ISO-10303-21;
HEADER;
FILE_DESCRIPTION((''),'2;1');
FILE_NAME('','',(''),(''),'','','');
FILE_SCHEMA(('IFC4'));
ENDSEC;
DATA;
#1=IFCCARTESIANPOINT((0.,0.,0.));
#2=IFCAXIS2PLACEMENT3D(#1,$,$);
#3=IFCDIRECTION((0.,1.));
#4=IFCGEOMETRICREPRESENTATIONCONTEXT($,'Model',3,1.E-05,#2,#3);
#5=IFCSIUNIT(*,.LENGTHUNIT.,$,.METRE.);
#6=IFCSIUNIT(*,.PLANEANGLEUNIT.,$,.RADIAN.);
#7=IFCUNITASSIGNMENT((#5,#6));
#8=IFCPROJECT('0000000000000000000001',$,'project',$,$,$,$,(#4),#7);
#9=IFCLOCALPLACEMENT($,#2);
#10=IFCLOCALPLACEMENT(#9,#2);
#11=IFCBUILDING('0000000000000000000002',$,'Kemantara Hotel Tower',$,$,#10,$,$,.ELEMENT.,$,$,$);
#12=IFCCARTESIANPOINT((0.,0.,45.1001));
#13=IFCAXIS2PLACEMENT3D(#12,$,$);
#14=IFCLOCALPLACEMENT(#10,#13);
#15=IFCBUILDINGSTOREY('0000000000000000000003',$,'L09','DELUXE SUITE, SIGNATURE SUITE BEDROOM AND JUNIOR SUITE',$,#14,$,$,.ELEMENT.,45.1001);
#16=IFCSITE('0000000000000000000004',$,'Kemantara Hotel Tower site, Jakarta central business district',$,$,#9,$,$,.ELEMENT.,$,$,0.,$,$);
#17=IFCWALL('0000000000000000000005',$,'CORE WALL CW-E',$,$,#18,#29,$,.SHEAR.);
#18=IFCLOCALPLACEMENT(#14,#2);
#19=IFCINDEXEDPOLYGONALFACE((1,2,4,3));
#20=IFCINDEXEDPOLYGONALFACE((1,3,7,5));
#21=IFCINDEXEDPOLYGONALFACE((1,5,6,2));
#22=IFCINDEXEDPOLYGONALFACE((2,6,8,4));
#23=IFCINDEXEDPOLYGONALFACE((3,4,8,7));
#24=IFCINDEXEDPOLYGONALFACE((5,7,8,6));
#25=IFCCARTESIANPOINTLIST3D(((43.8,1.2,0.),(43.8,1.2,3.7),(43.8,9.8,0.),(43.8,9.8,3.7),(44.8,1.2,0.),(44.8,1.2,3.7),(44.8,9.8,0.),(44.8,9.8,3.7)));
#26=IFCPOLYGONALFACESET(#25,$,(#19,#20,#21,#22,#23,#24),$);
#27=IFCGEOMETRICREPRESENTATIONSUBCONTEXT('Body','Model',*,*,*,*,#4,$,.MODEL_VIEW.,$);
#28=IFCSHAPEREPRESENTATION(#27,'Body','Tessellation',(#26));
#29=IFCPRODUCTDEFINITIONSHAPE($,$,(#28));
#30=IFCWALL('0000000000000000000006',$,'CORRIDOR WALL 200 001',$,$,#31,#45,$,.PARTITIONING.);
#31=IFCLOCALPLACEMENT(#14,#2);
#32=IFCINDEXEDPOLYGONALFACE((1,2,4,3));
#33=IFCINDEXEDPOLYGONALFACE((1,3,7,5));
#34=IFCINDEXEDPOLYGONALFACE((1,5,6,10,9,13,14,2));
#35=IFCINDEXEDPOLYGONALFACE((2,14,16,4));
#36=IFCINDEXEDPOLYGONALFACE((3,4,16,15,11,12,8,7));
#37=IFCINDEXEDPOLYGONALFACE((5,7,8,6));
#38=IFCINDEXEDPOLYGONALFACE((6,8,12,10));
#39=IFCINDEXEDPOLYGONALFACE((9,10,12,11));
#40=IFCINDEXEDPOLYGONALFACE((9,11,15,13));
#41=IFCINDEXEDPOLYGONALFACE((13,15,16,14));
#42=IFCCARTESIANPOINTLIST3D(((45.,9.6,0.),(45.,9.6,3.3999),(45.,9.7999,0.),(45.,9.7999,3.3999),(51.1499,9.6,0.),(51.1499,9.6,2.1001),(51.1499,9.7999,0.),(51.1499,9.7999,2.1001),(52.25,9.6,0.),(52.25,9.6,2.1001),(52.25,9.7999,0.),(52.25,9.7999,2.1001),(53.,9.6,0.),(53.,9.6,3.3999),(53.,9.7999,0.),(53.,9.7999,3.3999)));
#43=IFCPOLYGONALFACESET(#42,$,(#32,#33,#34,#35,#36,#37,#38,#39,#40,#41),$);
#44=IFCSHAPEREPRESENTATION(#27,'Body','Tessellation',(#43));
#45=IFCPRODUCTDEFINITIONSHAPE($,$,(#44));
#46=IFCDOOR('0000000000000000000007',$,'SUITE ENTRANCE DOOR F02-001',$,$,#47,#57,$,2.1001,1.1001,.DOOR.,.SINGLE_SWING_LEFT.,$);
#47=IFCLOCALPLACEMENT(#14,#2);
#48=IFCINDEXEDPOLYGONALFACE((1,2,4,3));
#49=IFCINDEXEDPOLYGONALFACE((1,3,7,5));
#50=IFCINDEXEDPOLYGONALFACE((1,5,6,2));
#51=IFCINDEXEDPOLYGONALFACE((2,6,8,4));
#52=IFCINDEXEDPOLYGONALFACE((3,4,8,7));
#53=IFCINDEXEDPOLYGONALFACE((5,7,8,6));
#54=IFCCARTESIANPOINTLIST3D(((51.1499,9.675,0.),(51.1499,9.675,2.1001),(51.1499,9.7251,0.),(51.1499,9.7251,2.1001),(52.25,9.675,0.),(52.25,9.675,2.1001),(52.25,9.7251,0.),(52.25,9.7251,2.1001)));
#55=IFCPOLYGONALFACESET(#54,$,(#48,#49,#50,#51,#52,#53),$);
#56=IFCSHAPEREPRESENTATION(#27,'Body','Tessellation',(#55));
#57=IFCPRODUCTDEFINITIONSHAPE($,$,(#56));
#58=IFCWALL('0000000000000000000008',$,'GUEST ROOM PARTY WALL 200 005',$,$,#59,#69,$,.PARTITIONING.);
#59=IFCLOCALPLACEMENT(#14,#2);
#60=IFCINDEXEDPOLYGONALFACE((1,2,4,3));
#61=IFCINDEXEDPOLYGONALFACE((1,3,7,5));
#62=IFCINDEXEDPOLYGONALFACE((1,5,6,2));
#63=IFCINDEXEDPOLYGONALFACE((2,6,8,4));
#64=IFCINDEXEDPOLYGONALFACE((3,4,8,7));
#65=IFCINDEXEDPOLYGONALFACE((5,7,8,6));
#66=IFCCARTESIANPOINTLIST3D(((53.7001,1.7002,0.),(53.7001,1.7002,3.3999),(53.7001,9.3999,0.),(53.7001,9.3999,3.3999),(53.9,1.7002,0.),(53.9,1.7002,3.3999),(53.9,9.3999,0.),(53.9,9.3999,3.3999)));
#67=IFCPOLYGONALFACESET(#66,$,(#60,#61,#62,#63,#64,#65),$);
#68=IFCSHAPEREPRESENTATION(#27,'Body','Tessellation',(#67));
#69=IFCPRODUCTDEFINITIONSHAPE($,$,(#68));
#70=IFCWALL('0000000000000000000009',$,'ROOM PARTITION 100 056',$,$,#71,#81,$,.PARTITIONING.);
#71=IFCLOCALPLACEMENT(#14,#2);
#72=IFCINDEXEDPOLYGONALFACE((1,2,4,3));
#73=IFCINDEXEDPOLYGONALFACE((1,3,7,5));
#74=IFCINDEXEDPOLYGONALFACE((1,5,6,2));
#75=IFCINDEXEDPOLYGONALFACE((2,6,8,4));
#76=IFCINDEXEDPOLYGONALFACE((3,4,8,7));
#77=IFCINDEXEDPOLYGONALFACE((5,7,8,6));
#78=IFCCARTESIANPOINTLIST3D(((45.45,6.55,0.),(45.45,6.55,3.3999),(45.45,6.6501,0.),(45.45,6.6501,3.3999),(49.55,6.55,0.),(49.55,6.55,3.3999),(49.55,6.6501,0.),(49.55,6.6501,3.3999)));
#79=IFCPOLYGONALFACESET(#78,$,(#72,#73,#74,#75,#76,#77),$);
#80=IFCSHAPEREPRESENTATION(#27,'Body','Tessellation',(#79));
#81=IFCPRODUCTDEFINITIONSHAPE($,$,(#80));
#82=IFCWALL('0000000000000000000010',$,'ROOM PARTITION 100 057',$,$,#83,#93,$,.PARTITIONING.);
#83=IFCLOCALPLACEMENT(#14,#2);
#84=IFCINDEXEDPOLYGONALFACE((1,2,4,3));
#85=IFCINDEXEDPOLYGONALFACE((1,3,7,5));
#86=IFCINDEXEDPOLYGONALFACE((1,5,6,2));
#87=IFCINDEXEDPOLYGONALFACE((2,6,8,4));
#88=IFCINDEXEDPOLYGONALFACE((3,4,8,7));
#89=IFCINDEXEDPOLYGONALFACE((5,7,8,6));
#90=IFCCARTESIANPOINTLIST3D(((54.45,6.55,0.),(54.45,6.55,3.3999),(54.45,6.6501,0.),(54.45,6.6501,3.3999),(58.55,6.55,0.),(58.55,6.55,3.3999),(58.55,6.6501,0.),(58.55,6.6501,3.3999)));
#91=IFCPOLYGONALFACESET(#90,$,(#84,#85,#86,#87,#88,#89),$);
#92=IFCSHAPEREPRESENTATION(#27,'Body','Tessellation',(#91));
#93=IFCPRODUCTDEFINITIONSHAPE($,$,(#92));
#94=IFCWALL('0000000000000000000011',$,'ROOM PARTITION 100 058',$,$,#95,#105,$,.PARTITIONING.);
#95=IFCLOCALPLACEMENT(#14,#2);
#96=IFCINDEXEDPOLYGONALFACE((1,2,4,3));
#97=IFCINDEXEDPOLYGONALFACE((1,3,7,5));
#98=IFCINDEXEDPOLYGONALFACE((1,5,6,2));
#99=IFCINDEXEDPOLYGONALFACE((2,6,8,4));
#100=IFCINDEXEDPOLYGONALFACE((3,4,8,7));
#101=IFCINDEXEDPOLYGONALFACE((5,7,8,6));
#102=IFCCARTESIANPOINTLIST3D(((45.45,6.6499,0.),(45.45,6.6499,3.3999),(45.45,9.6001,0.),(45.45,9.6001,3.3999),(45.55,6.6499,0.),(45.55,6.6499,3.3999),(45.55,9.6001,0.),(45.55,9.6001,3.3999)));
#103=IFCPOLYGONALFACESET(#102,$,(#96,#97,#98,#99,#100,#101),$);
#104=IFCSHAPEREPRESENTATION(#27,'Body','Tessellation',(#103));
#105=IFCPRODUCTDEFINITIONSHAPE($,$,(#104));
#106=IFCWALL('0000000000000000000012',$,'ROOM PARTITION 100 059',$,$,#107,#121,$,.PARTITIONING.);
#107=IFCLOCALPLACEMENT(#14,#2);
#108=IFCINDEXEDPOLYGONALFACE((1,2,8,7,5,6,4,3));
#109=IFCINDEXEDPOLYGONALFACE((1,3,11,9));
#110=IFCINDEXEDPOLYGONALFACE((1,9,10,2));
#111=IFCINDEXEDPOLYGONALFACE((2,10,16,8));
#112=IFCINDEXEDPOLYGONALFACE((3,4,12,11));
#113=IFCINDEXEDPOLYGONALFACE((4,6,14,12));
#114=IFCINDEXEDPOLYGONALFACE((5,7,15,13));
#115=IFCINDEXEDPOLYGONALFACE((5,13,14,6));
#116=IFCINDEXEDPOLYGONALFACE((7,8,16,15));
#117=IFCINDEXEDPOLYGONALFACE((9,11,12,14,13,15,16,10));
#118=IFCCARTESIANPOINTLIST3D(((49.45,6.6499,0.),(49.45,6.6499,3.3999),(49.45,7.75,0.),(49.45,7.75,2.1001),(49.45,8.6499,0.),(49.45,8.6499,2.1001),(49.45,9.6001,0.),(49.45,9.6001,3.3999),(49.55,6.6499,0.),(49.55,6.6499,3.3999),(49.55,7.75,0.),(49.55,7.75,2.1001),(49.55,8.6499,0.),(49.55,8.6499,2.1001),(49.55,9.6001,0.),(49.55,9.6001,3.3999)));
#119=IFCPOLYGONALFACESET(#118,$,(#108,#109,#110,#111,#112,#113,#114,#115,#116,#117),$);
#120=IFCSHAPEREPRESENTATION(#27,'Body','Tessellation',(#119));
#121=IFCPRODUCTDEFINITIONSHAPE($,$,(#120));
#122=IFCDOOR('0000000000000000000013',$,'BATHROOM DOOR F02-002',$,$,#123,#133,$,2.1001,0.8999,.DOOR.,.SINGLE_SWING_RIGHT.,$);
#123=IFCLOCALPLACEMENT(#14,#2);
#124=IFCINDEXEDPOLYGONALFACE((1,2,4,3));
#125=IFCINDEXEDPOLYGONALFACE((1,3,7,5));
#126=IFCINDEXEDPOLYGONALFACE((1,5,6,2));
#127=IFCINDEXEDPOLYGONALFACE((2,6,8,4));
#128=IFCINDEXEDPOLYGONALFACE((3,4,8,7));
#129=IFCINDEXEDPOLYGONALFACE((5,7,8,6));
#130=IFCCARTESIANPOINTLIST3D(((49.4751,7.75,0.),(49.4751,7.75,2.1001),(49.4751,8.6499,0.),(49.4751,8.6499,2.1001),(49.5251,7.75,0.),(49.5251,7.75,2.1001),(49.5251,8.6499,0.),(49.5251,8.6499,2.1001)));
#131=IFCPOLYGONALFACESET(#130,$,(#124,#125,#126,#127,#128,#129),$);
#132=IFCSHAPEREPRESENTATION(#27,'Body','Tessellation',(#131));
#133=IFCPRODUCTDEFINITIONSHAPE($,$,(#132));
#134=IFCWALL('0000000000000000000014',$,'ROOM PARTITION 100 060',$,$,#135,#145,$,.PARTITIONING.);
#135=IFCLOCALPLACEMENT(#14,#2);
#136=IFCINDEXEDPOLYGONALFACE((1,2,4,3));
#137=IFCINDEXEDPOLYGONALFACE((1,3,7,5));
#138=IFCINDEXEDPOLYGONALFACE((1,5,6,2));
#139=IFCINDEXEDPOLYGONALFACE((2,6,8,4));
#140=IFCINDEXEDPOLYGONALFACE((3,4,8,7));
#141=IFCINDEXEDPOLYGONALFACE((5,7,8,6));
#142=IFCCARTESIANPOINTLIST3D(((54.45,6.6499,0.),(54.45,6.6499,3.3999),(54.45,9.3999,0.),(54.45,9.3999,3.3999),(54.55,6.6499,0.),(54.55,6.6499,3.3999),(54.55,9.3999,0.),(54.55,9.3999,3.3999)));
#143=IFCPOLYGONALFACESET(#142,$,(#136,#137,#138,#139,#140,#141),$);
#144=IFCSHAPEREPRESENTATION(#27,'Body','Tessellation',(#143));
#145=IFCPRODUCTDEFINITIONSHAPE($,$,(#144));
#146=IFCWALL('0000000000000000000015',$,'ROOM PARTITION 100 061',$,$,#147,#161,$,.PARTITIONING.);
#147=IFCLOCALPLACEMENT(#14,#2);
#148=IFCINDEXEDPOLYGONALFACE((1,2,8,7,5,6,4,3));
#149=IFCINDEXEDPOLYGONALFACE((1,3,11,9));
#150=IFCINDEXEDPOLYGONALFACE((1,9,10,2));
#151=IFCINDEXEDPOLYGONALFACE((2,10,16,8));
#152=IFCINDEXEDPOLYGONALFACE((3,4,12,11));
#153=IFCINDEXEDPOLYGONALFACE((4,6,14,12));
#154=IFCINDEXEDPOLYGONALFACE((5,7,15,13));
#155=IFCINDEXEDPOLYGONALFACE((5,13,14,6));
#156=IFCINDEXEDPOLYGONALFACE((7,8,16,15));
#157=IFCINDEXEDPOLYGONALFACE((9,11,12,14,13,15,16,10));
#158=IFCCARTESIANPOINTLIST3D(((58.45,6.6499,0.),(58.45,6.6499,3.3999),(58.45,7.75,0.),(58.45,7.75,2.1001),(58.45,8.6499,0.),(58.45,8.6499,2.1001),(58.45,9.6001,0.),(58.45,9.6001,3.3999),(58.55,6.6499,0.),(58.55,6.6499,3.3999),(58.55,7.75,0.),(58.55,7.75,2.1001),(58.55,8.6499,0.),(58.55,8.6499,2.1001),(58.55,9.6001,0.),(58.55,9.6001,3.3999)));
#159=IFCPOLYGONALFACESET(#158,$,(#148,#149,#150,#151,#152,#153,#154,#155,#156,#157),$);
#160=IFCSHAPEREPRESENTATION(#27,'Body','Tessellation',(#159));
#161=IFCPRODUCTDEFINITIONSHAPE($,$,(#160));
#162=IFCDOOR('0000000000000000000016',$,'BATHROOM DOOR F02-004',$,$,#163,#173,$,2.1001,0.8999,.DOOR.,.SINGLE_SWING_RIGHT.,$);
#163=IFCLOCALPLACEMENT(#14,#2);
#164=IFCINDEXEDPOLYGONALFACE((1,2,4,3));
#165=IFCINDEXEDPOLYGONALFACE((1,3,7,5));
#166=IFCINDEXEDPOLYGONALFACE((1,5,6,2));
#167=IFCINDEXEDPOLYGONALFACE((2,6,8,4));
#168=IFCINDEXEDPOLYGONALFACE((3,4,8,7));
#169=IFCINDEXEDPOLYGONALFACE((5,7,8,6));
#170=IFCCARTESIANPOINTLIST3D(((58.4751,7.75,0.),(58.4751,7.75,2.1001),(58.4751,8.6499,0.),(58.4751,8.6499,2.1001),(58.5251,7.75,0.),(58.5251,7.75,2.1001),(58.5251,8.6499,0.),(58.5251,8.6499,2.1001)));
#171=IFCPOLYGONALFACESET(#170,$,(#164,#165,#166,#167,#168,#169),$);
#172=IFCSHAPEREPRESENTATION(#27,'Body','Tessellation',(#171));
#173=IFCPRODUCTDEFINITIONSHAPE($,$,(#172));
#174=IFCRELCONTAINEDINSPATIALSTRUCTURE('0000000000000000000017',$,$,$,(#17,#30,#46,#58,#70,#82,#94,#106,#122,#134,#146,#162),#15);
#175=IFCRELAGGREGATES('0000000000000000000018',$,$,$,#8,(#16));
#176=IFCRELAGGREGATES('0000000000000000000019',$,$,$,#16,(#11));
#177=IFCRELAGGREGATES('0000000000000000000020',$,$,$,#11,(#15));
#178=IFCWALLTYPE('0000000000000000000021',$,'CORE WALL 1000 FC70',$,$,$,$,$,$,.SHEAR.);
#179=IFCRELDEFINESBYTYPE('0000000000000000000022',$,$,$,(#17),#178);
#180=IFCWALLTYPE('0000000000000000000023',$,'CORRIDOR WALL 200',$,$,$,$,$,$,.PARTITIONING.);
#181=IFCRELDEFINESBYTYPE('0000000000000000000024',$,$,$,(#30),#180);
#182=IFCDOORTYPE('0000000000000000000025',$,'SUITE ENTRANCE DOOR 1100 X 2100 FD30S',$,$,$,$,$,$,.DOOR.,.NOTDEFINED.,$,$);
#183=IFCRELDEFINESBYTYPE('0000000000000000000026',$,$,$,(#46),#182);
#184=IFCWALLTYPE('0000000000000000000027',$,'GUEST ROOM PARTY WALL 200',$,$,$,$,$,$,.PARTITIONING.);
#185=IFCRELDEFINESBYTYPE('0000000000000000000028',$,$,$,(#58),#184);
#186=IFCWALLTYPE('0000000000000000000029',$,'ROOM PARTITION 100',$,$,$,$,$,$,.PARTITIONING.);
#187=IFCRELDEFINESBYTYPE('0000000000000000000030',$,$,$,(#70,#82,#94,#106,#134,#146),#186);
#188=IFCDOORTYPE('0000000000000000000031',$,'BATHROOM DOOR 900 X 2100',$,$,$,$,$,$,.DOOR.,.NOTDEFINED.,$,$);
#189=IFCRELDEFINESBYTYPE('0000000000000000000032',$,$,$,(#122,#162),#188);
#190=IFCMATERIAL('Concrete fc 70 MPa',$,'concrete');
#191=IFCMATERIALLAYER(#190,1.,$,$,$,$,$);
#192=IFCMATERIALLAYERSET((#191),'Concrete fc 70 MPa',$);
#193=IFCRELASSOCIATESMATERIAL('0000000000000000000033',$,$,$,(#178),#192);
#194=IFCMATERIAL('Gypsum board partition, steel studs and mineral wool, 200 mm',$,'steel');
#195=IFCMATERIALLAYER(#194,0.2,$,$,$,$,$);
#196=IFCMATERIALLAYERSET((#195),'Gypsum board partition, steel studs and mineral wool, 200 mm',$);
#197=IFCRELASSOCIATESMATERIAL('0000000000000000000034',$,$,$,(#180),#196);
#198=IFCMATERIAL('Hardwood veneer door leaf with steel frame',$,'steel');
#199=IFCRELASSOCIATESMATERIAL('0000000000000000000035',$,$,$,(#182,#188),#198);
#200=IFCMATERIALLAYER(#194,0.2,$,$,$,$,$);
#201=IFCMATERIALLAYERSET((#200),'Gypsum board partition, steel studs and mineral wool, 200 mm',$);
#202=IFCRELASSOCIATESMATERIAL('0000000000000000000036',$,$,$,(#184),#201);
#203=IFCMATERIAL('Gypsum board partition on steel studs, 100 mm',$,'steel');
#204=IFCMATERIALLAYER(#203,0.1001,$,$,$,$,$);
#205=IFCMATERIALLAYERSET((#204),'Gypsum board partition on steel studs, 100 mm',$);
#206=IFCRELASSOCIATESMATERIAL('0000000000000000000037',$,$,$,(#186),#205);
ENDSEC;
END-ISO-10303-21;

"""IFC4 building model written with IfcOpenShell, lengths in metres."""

from ifc_helpers import new_model, si_unit, direction, frame, frame_2d, origin, place, context, subcontext, project, spatial, rectangle, extrude, material, layer, layer_set, type_object, element, fill, save


model = new_model("IFC4")

# Units and contexts
model_context = context("Model", 3, precision=1e-05, world=origin(), true_north=direction((0.0, 1.0)))
body_context = subcontext(model_context, "Body", "Model", "MODEL_VIEW")
ifc_project = project(units=[si_unit("LENGTHUNIT", "METRE"), si_unit("PLANEANGLEUNIT", "RADIAN")], contexts=[model_context])

# Site, building, storey
site_placement = place(None, origin())
site = spatial("IfcSite", under=ifc_project, at=site_placement, Name="Kemantara Hotel Tower site, Jakarta central business district", CompositionType="ELEMENT", RefElevation=0.0)
building_placement = place(site_placement, origin())
building = spatial("IfcBuilding", under=site, at=building_placement, Name="Kemantara Hotel Tower", CompositionType="ELEMENT")
storey_placement = place(building_placement, frame((0.0, 0.0, 45.1001)))
storey = spatial("IfcBuildingStorey", under=building, at=storey_placement, Name="L09", Description="DELUXE SUITE, SIGNATURE SUITE BEDROOM AND JUNIOR SUITE", CompositionType="ELEMENT", Elevation=45.1001)

# Shared definitions
ifc_material_1 = material(Name="Concrete fc 70 MPa", Category="concrete")

# Wall
ifc_layer_1 = layer(ifc_material_1, 1.0)
ifc_layer_set_1 = layer_set([ifc_layer_1], Name="Concrete fc 70 MPa")
wall_type_1 = type_object("IfcWallType", Name="CORE WALL 1000 FC70", PredefinedType="SHEAR", material=ifc_layer_set_1)
wall_1_placement = place(storey_placement, frame((44.3, 1.2, 0.0), z_axis=(0.0, 0.0, 1.0), x_axis=(0.0, 1.0, 0.0)))
element("IfcWall", 1, at=wall_1_placement, inside=storey, type_object=wall_type_1, Name="CORE WALL CW-E", PredefinedType="SHEAR", context=body_context, shape_type="SweptSolid", body=[
    extrude(rectangle(XDim=8.6001, YDim=1.0, at=frame_2d((4.3, 0.0))), origin(), (0.0, 0.0, 1.0), 3.7),
])

# Wall, opening, door
ifc_material_2 = material(Name="Gypsum board partition, steel studs and mineral wool, 200 mm", Category="steel")
ifc_layer_2 = layer(ifc_material_2, 0.2)
ifc_layer_set_2 = layer_set([ifc_layer_2], Name="Gypsum board partition, steel studs and mineral wool, 200 mm")
wall_type_2 = type_object("IfcWallType", Name="CORRIDOR WALL 200", PredefinedType="PARTITIONING", material=ifc_layer_set_2)
wall_2_placement = place(storey_placement, frame((53.0, 9.7, 0.0), z_axis=(0.0, 0.0, 1.0), x_axis=(-1.0, 0.0, 0.0)))
wall_2 = element("IfcWall", 2, at=wall_2_placement, inside=storey, type_object=wall_type_2, Name="CORRIDOR WALL 200 001", PredefinedType="PARTITIONING", context=body_context, shape_type="SweptSolid", body=[
    extrude(rectangle(XDim=8.0, YDim=0.2, at=frame_2d((4.0, 0.0))), origin(), (0.0, 0.0, 1.0), 3.3999),
])
opening_1_placement = place(wall_2_placement, frame((0.75, 0.0, 0.0)))
opening_1 = element("IfcOpeningElement", 3, at=opening_1_placement, cuts=wall_2, PredefinedType="OPENING", context=body_context, shape_type="SweptSolid", body=[
    extrude(rectangle(XDim=1.1001, YDim=2.1001, at=frame_2d((0.55, 1.05))), frame((0.0, 0.1099, 0.0), z_axis=(0.0, -1.0, 0.0), x_axis=(1.0, 0.0, 0.0)), (0.0, 0.0, 1.0), 0.22),
])
ifc_material_3 = material(Name="Hardwood veneer door leaf with steel frame", Category="steel")
door_type_1 = type_object("IfcDoorType", Name="SUITE ENTRANCE DOOR 1100 X 2100 FD30S", OperationType="NOTDEFINED", PredefinedType="DOOR", material=ifc_material_3)
door_1_placement = place(opening_1_placement, origin())
door_1 = element("IfcDoor", 4, at=door_1_placement, inside=storey, type_object=door_type_1, Name="SUITE ENTRANCE DOOR F02-001", OperationType="SINGLE_SWING_LEFT", OverallHeight=2.1001, OverallWidth=1.1001, PredefinedType="DOOR", context=body_context, shape_type="SweptSolid", body=[
    extrude(rectangle(XDim=1.1001, YDim=2.1001, at=frame_2d((0.55, 1.05))), frame((0.0, 0.0249, 0.0), z_axis=(0.0, -1.0, 0.0), x_axis=(1.0, 0.0, 0.0)), (0.0, 0.0, 1.0), 0.05),
])
fill(opening_1, door_1)

# Walls
ifc_layer_3 = layer(ifc_material_2, 0.2)
ifc_layer_set_3 = layer_set([ifc_layer_3], Name="Gypsum board partition, steel studs and mineral wool, 200 mm")
wall_type_3 = type_object("IfcWallType", Name="GUEST ROOM PARTY WALL 200", PredefinedType="PARTITIONING", material=ifc_layer_set_3)
wall_3_placement = place(storey_placement, frame((53.8, 1.7002, 0.0), z_axis=(0.0, 0.0, 1.0), x_axis=(0.0, 1.0, 0.0)))
element("IfcWall", 5, at=wall_3_placement, inside=storey, type_object=wall_type_3, Name="GUEST ROOM PARTY WALL 200 005", PredefinedType="PARTITIONING", context=body_context, shape_type="SweptSolid", body=[
    extrude(rectangle(XDim=7.6997, YDim=0.2, at=frame_2d((3.8499, 0.0))), origin(), (0.0, 0.0, 1.0), 3.3999),
])
ifc_material_4 = material(Name="Gypsum board partition on steel studs, 100 mm", Category="steel")
ifc_layer_4 = layer(ifc_material_4, 0.1001)
ifc_layer_set_4 = layer_set([ifc_layer_4], Name="Gypsum board partition on steel studs, 100 mm")
wall_type_4 = type_object("IfcWallType", Name="ROOM PARTITION 100", PredefinedType="PARTITIONING", material=ifc_layer_set_4)
for number, where, z_axis, x_axis, name in (
    (6, (45.45, 6.6001, 0.0), (0.0, 0.0, 1.0), (1.0, 0.0, 0.0), "ROOM PARTITION 100 056"),
    (7, (54.45, 6.6001, 0.0), (0.0, 0.0, 1.0), (1.0, 0.0, 0.0), "ROOM PARTITION 100 057"),
):
    element("IfcWall", number, at=place(storey_placement, frame(where, z_axis=z_axis, x_axis=x_axis)), inside=storey, type_object=wall_type_4, Name=name, PredefinedType="PARTITIONING", context=body_context, shape_type="SweptSolid", body=[
        extrude(rectangle(XDim=4.1001, YDim=0.1001, at=frame_2d((2.05, 0.0))), origin(), (0.0, 0.0, 1.0), 3.3999),
    ])
wall_4_placement = place(storey_placement, frame((45.5, 6.6499, 0.0), z_axis=(0.0, 0.0, 1.0), x_axis=(0.0, 1.0, 0.0)))
element("IfcWall", 8, at=wall_4_placement, inside=storey, type_object=wall_type_4, Name="ROOM PARTITION 100 058", PredefinedType="PARTITIONING", context=body_context, shape_type="SweptSolid", body=[
    extrude(rectangle(XDim=2.9502, YDim=0.1001, at=frame_2d((1.4751, 0.0))), origin(), (0.0, 0.0, 1.0), 3.3999),
])

# Wall, opening, door
wall_5_placement = place(storey_placement, frame((49.5, 6.6499, 0.0), z_axis=(0.0, 0.0, 1.0), x_axis=(0.0, 1.0, 0.0)))
wall_5 = element("IfcWall", 9, at=wall_5_placement, inside=storey, type_object=wall_type_4, Name="ROOM PARTITION 100 059", PredefinedType="PARTITIONING", context=body_context, shape_type="SweptSolid", body=[
    extrude(rectangle(XDim=2.9502, YDim=0.1001, at=frame_2d((1.4751, 0.0))), origin(), (0.0, 0.0, 1.0), 3.3999),
])
opening_2_placement = place(wall_5_placement, frame((1.1001, 0.0, 0.0)))
opening_2 = element("IfcOpeningElement", 10, at=opening_2_placement, cuts=wall_5, PredefinedType="OPENING", context=body_context, shape_type="SweptSolid", body=[
    extrude(rectangle(XDim=0.8999, YDim=2.1001, at=frame_2d((0.45, 1.05))), frame((0.0, 0.0601, 0.0), z_axis=(0.0, -1.0, 0.0), x_axis=(1.0, 0.0, 0.0)), (0.0, 0.0, 1.0), 0.1201),
])
door_type_2 = type_object("IfcDoorType", Name="BATHROOM DOOR 900 X 2100", OperationType="NOTDEFINED", PredefinedType="DOOR", material=ifc_material_3)
door_2_placement = place(opening_2_placement, origin())
door_2 = element("IfcDoor", 11, at=door_2_placement, inside=storey, type_object=door_type_2, Name="BATHROOM DOOR F02-002", OperationType="SINGLE_SWING_RIGHT", OverallHeight=2.1001, OverallWidth=0.8999, PredefinedType="DOOR", context=body_context, shape_type="SweptSolid", body=[
    extrude(rectangle(XDim=0.8999, YDim=2.1001, at=frame_2d((0.45, 1.05))), frame((0.0, 0.0249, 0.0), z_axis=(0.0, -1.0, 0.0), x_axis=(1.0, 0.0, 0.0)), (0.0, 0.0, 1.0), 0.05),
])
fill(opening_2, door_2)

# Wall
wall_6_placement = place(storey_placement, frame((54.5, 6.6499, 0.0), z_axis=(0.0, 0.0, 1.0), x_axis=(0.0, 1.0, 0.0)))
element("IfcWall", 12, at=wall_6_placement, inside=storey, type_object=wall_type_4, Name="ROOM PARTITION 100 060", PredefinedType="PARTITIONING", context=body_context, shape_type="SweptSolid", body=[
    extrude(rectangle(XDim=2.75, YDim=0.1001, at=frame_2d((1.375, 0.0))), origin(), (0.0, 0.0, 1.0), 3.3999),
])

# Wall, opening, door
wall_7_placement = place(storey_placement, frame((58.5, 6.6499, 0.0), z_axis=(0.0, 0.0, 1.0), x_axis=(0.0, 1.0, 0.0)))
wall_7 = element("IfcWall", 13, at=wall_7_placement, inside=storey, type_object=wall_type_4, Name="ROOM PARTITION 100 061", PredefinedType="PARTITIONING", context=body_context, shape_type="SweptSolid", body=[
    extrude(rectangle(XDim=2.9502, YDim=0.1001, at=frame_2d((1.4751, 0.0))), origin(), (0.0, 0.0, 1.0), 3.3999),
])
opening_3_placement = place(wall_7_placement, frame((1.1001, 0.0, 0.0)))
opening_3 = element("IfcOpeningElement", 14, at=opening_3_placement, cuts=wall_7, PredefinedType="OPENING", context=body_context, shape_type="SweptSolid", body=[
    extrude(rectangle(XDim=0.8999, YDim=2.1001, at=frame_2d((0.45, 1.05))), frame((0.0, 0.0601, 0.0), z_axis=(0.0, -1.0, 0.0), x_axis=(1.0, 0.0, 0.0)), (0.0, 0.0, 1.0), 0.1201),
])
door_3_placement = place(opening_3_placement, origin())
door_3 = element("IfcDoor", 15, at=door_3_placement, inside=storey, type_object=door_type_2, Name="BATHROOM DOOR F02-004", OperationType="SINGLE_SWING_RIGHT", OverallHeight=2.1001, OverallWidth=0.8999, PredefinedType="DOOR", context=body_context, shape_type="SweptSolid", body=[
    extrude(rectangle(XDim=0.8999, YDim=2.1001, at=frame_2d((0.45, 1.05))), frame((0.0, 0.0249, 0.0), z_axis=(0.0, -1.0, 0.0), x_axis=(1.0, 0.0, 0.0)), (0.0, 0.0, 1.0), 0.05),
])
fill(opening_3, door_3)

save(model, "model.ifc")
